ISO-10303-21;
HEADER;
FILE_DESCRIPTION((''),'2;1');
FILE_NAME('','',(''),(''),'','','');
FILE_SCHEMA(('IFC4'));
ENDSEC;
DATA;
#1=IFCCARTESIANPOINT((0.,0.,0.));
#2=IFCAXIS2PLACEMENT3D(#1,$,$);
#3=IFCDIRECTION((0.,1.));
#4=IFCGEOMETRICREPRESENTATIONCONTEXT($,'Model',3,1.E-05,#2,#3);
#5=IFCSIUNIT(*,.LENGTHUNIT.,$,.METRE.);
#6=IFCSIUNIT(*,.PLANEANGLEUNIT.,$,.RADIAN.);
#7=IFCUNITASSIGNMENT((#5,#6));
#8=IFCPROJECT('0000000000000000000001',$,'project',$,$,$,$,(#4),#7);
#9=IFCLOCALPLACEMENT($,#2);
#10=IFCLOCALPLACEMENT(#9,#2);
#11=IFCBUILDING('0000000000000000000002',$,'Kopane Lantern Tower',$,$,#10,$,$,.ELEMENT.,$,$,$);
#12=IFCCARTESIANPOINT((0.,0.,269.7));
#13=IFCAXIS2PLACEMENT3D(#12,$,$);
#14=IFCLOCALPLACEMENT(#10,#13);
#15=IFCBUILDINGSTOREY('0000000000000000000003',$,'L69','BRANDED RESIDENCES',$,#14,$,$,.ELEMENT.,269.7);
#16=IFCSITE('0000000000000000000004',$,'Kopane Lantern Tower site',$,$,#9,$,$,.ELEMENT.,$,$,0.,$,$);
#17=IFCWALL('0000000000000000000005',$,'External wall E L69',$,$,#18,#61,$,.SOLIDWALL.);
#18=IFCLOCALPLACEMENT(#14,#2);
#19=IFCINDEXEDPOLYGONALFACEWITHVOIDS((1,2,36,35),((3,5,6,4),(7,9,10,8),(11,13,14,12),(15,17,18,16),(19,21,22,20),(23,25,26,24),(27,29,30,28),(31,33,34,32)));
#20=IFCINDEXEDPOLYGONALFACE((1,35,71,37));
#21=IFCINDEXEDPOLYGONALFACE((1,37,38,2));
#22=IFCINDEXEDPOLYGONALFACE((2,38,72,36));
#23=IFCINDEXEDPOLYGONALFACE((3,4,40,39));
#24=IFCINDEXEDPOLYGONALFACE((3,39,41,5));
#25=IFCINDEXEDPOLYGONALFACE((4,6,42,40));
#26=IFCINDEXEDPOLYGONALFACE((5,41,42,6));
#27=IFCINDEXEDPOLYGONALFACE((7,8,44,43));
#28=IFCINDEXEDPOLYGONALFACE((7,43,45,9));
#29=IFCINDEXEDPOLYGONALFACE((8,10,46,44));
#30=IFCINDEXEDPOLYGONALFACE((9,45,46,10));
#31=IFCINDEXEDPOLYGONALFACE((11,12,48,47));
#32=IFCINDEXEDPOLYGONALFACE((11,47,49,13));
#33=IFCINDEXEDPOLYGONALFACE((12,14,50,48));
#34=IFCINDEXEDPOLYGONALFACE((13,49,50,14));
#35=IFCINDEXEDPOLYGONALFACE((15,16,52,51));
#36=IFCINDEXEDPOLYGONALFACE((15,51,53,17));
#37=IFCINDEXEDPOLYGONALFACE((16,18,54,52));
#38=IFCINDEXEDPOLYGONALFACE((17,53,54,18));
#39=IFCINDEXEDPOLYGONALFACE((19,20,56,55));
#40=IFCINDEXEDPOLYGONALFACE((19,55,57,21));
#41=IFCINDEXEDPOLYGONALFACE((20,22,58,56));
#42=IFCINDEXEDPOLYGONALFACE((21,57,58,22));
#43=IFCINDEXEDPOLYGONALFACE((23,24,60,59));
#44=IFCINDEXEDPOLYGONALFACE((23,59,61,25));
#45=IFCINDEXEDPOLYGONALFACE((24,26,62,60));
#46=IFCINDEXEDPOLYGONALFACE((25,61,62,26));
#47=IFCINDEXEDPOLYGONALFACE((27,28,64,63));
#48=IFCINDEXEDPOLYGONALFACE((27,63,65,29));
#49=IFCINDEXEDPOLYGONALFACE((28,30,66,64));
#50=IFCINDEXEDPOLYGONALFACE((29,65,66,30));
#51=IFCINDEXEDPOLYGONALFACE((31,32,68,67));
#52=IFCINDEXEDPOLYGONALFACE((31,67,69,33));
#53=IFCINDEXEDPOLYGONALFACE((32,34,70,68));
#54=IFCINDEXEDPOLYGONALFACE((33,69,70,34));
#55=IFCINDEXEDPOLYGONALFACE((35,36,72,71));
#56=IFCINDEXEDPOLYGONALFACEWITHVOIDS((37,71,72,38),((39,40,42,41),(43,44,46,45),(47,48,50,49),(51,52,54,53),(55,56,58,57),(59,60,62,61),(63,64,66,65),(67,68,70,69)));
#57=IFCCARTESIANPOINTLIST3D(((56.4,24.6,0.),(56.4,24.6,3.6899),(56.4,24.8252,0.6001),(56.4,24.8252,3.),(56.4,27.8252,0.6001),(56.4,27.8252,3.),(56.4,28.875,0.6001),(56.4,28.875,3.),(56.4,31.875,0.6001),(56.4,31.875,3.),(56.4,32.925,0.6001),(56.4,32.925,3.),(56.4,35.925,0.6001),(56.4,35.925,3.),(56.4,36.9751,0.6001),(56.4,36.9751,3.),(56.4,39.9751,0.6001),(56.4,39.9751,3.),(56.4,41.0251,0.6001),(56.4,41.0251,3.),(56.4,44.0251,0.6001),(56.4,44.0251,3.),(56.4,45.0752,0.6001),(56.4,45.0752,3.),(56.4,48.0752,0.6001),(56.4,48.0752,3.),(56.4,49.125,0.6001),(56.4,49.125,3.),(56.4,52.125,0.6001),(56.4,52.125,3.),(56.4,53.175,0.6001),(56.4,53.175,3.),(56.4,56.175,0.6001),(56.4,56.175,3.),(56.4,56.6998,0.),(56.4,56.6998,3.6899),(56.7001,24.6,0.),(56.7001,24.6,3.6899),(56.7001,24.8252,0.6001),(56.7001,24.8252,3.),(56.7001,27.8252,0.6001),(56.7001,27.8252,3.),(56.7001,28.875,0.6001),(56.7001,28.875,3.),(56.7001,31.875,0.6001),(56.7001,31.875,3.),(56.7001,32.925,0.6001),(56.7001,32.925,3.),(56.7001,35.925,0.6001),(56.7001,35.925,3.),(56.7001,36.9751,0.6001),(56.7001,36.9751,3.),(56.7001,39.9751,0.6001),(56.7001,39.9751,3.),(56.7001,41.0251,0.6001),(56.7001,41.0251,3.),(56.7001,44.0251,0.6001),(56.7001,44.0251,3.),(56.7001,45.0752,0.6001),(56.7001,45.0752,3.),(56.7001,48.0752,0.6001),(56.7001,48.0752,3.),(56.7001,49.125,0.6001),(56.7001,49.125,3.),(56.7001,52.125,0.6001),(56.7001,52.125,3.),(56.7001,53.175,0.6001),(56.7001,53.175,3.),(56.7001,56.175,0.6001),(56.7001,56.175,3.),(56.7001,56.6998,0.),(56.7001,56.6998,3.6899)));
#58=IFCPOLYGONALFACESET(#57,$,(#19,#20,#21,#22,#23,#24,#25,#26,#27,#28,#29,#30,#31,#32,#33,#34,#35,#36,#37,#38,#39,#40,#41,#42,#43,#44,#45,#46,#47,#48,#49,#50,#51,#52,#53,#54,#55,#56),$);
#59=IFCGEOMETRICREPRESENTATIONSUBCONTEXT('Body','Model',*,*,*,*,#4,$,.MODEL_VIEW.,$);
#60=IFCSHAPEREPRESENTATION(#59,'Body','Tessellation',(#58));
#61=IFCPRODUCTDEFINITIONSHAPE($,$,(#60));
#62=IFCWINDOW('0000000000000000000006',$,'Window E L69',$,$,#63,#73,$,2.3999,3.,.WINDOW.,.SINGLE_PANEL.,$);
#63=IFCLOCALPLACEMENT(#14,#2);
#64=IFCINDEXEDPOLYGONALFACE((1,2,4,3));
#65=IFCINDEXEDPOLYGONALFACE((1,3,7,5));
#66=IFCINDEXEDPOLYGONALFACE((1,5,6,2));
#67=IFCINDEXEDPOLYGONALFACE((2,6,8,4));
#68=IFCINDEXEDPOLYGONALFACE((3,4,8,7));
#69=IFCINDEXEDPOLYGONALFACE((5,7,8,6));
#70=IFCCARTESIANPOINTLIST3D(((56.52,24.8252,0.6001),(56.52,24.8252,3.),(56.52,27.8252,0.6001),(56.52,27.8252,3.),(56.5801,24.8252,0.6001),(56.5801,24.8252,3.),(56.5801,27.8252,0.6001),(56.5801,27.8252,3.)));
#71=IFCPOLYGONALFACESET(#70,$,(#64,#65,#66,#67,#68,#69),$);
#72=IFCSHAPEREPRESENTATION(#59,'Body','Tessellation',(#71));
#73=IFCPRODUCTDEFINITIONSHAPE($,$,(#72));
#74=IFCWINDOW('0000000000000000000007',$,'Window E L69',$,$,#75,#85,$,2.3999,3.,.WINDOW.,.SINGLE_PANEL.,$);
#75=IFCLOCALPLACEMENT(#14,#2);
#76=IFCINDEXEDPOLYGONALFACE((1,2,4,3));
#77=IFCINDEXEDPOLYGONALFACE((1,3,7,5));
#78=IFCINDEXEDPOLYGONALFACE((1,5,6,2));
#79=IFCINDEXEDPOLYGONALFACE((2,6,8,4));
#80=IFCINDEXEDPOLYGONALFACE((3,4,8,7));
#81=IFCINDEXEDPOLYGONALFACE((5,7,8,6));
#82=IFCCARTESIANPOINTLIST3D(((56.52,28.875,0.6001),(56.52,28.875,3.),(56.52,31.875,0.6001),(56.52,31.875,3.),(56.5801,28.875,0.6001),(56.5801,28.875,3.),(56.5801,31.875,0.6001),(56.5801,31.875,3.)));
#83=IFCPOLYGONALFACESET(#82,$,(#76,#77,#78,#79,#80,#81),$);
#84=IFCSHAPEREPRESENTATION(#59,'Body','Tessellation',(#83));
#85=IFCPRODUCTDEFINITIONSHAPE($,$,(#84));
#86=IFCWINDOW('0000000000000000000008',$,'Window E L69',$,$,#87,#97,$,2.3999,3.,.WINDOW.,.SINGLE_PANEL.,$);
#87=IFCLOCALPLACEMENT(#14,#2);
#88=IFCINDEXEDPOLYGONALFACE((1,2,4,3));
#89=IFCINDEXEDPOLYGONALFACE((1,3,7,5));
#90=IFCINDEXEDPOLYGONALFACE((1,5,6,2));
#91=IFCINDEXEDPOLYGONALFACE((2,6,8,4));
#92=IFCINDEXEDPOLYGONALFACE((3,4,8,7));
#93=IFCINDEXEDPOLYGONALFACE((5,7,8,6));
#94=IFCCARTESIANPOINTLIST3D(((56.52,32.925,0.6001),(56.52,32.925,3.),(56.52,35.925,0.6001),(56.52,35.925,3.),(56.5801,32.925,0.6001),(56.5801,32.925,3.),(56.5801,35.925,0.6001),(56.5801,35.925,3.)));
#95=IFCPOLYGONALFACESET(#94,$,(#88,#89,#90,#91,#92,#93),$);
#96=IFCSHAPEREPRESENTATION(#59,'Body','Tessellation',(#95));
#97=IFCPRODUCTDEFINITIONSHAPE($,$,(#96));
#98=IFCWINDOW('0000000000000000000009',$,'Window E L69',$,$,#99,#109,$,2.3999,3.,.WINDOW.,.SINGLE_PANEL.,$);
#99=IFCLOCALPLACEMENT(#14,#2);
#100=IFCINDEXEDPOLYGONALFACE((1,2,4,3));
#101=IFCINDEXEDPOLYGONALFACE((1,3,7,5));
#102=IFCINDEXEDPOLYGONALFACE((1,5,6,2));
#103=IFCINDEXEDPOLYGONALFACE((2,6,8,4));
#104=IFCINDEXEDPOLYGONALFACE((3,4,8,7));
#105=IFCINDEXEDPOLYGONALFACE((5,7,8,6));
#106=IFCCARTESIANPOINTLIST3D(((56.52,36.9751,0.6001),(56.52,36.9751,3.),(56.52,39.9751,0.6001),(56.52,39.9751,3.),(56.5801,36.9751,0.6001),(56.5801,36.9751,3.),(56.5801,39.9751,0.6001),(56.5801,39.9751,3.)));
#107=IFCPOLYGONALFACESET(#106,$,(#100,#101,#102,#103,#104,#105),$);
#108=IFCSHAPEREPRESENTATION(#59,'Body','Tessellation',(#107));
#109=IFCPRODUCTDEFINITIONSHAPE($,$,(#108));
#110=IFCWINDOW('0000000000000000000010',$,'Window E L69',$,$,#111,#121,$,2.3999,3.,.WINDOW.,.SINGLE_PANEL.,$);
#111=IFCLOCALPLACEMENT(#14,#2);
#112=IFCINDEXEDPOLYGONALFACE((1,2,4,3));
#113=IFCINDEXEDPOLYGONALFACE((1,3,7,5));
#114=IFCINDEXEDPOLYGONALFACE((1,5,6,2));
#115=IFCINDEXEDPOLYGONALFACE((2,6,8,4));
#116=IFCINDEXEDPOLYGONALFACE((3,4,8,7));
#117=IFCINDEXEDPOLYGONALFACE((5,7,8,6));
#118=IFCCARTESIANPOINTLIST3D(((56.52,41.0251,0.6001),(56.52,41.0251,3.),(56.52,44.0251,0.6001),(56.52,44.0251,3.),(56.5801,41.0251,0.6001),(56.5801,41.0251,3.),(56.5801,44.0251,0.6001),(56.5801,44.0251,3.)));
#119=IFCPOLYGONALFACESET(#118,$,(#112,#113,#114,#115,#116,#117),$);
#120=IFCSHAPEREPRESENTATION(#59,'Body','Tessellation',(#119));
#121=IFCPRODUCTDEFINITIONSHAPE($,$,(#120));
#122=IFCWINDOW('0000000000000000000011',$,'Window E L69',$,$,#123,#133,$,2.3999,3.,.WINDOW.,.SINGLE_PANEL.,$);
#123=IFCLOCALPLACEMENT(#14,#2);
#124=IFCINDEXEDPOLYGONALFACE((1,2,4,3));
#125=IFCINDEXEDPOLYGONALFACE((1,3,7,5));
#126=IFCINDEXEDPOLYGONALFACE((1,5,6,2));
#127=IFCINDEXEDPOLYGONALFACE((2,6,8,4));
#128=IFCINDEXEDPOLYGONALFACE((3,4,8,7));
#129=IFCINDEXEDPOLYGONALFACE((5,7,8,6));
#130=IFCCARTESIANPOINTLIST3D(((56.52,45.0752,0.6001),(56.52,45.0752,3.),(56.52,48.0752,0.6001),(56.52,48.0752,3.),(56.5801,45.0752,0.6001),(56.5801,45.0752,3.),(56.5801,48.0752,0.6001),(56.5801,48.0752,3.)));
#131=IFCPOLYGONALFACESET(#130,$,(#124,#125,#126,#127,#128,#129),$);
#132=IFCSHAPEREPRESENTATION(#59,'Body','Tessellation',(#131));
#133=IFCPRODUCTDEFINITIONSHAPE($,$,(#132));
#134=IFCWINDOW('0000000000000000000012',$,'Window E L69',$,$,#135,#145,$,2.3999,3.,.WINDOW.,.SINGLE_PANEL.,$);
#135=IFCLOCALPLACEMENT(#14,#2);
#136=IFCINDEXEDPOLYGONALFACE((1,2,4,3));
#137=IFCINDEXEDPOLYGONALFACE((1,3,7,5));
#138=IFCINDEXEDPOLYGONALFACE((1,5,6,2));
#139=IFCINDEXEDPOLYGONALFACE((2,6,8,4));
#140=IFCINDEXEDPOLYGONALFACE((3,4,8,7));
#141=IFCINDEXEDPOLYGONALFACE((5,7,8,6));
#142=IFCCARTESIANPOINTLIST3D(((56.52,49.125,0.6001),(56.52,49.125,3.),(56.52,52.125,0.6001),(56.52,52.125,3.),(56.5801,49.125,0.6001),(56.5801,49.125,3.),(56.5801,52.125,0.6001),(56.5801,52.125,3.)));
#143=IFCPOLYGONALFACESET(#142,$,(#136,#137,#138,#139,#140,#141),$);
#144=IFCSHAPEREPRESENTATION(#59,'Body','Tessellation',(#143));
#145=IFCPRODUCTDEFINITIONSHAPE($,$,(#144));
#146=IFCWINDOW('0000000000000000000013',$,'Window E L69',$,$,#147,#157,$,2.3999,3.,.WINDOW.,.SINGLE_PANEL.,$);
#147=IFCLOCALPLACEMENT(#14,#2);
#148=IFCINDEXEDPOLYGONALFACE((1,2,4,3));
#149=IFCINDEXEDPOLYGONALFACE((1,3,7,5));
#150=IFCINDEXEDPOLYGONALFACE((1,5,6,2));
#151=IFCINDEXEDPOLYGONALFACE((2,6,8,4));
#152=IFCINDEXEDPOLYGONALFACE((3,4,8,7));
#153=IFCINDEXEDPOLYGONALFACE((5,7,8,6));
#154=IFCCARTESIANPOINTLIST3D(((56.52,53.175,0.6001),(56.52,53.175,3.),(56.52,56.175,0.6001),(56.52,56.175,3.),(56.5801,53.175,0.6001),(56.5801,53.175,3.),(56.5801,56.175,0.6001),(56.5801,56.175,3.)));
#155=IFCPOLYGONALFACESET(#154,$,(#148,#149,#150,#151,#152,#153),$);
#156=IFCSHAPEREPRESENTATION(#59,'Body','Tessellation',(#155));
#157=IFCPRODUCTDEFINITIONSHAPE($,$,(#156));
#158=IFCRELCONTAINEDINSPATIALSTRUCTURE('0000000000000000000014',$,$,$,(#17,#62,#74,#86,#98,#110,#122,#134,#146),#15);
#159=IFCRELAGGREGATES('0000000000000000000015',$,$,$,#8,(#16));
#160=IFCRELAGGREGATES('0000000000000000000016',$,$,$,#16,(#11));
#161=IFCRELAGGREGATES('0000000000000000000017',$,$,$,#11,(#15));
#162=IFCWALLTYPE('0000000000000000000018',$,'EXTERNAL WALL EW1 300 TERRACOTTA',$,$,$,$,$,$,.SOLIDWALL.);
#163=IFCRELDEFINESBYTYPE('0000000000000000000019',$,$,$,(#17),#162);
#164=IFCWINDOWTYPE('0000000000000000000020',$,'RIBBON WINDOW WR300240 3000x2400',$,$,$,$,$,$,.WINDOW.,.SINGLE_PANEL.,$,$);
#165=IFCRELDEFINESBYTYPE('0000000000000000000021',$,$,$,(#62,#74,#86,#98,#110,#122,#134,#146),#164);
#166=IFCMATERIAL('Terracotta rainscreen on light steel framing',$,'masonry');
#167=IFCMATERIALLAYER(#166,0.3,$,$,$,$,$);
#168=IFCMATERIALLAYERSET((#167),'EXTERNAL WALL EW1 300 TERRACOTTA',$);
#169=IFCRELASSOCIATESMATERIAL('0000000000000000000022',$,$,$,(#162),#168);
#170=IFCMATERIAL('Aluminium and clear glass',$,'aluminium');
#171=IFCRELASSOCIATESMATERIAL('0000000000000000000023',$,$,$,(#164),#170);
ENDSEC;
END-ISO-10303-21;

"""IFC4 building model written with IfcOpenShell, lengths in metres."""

from ifc_helpers import new_model, si_unit, direction, frame, frame_2d, origin, place, context, subcontext, project, spatial, rectangle, extrude, material, layer, layer_set, type_object, element, fill, save


model = new_model("IFC4")

# Units and contexts
model_context = context("Model", 3, precision=1e-05, world=origin(), true_north=direction((0.0, 1.0)))
body_context = subcontext(model_context, "Body", "Model", "MODEL_VIEW")
ifc_project = project(units=[si_unit("LENGTHUNIT", "METRE"), si_unit("PLANEANGLEUNIT", "RADIAN")], contexts=[model_context])

# Site, building, storey
site_placement = place(None, origin())
site = spatial("IfcSite", under=ifc_project, at=site_placement, Name="Kopane Lantern Tower site", CompositionType="ELEMENT", RefElevation=0.0)
building_placement = place(site_placement, origin())
building = spatial("IfcBuilding", under=site, at=building_placement, Name="Kopane Lantern Tower", CompositionType="ELEMENT")
storey_placement = place(building_placement, frame((0.0, 0.0, 269.7)))
storey = spatial("IfcBuildingStorey", under=building, at=storey_placement, Name="L69", Description="BRANDED RESIDENCES", CompositionType="ELEMENT", Elevation=269.7)

# Shared definitions
ifc_material_1 = material(Name="Terracotta rainscreen on light steel framing", Category="masonry")
ifc_layer_1 = layer(ifc_material_1, 0.3)
ifc_layer_set_1 = layer_set([ifc_layer_1], Name="EXTERNAL WALL EW1 300 TERRACOTTA")
wall_type_1 = type_object("IfcWallType", Name="EXTERNAL WALL EW1 300 TERRACOTTA", PredefinedType="SOLIDWALL", material=ifc_layer_set_1)

# Wall, openings, windows
wall_1_placement = place(storey_placement, frame((56.55, 24.6001, 0.0), z_axis=(0.0, 0.0, 1.0), x_axis=(0.0, 1.0, 0.0)))
wall_1 = element("IfcWall", 1, at=wall_1_placement, inside=storey, type_object=wall_type_1, Name="External wall E L69", PredefinedType="SOLIDWALL", context=body_context, shape_type="SweptSolid", body=[
    extrude(rectangle(XDim=32.0999, YDim=0.3, at=frame_2d((16.0498, 0.0))), origin(), (0.0, 0.0, 1.0), 3.6899),
])
opening_1_placement = place(wall_1_placement, frame((0.2251, 0.0, 0.6001)))
opening_1 = element("IfcOpeningElement", 2, at=opening_1_placement, cuts=wall_1, PredefinedType="OPENING", context=body_context, shape_type="SweptSolid", body=[
    extrude(rectangle(XDim=3.0, YDim=2.3999, at=frame_2d((1.5, 1.2))), frame((0.0, 0.1599, 0.0), z_axis=(0.0, -1.0, 0.0), x_axis=(1.0, 0.0, 0.0)), (0.0, 0.0, 1.0), 0.3201),
])
opening_2_placement = place(wall_1_placement, frame((4.2749, 0.0, 0.6001)))
opening_2 = element("IfcOpeningElement", 3, at=opening_2_placement, cuts=wall_1, PredefinedType="OPENING", context=body_context, shape_type="SweptSolid", body=[
    extrude(rectangle(XDim=3.0, YDim=2.3999, at=frame_2d((1.5, 1.2))), frame((0.0, 0.1599, 0.0), z_axis=(0.0, -1.0, 0.0), x_axis=(1.0, 0.0, 0.0)), (0.0, 0.0, 1.0), 0.3201),
])
opening_3_placement = place(wall_1_placement, frame((8.325, 0.0, 0.6001)))
opening_3 = element("IfcOpeningElement", 4, at=opening_3_placement, cuts=wall_1, PredefinedType="OPENING", context=body_context, shape_type="SweptSolid", body=[
    extrude(rectangle(XDim=3.0, YDim=2.3999, at=frame_2d((1.5, 1.2))), frame((0.0, 0.1599, 0.0), z_axis=(0.0, -1.0, 0.0), x_axis=(1.0, 0.0, 0.0)), (0.0, 0.0, 1.0), 0.3201),
])
opening_4_placement = place(wall_1_placement, frame((12.375, 0.0, 0.6001)))
opening_4 = element("IfcOpeningElement", 5, at=opening_4_placement, cuts=wall_1, PredefinedType="OPENING", context=body_context, shape_type="SweptSolid", body=[
    extrude(rectangle(XDim=3.0, YDim=2.3999, at=frame_2d((1.5, 1.2))), frame((0.0, 0.1599, 0.0), z_axis=(0.0, -1.0, 0.0), x_axis=(1.0, 0.0, 0.0)), (0.0, 0.0, 1.0), 0.3201),
])
opening_5_placement = place(wall_1_placement, frame((16.425, 0.0, 0.6001)))
opening_5 = element("IfcOpeningElement", 6, at=opening_5_placement, cuts=wall_1, PredefinedType="OPENING", context=body_context, shape_type="SweptSolid", body=[
    extrude(rectangle(XDim=3.0, YDim=2.3999, at=frame_2d((1.5, 1.2))), frame((0.0, 0.1599, 0.0), z_axis=(0.0, -1.0, 0.0), x_axis=(1.0, 0.0, 0.0)), (0.0, 0.0, 1.0), 0.3201),
])
opening_6_placement = place(wall_1_placement, frame((20.4751, 0.0, 0.6001)))
opening_6 = element("IfcOpeningElement", 7, at=opening_6_placement, cuts=wall_1, PredefinedType="OPENING", context=body_context, shape_type="SweptSolid", body=[
    extrude(rectangle(XDim=3.0, YDim=2.3999, at=frame_2d((1.5, 1.2))), frame((0.0, 0.1599, 0.0), z_axis=(0.0, -1.0, 0.0), x_axis=(1.0, 0.0, 0.0)), (0.0, 0.0, 1.0), 0.3201),
])
opening_7_placement = place(wall_1_placement, frame((24.5249, 0.0, 0.6001)))
opening_7 = element("IfcOpeningElement", 8, at=opening_7_placement, cuts=wall_1, PredefinedType="OPENING", context=body_context, shape_type="SweptSolid", body=[
    extrude(rectangle(XDim=3.0, YDim=2.3999, at=frame_2d((1.5, 1.2))), frame((0.0, 0.1599, 0.0), z_axis=(0.0, -1.0, 0.0), x_axis=(1.0, 0.0, 0.0)), (0.0, 0.0, 1.0), 0.3201),
])
opening_8_placement = place(wall_1_placement, frame((28.575, 0.0, 0.6001)))
opening_8 = element("IfcOpeningElement", 9, at=opening_8_placement, cuts=wall_1, PredefinedType="OPENING", context=body_context, shape_type="SweptSolid", body=[
    extrude(rectangle(XDim=3.0, YDim=2.3999, at=frame_2d((1.5, 1.2))), frame((0.0, 0.1599, 0.0), z_axis=(0.0, -1.0, 0.0), x_axis=(1.0, 0.0, 0.0)), (0.0, 0.0, 1.0), 0.3201),
])
ifc_material_2 = material(Name="Aluminium and clear glass", Category="aluminium")
window_type_1 = type_object("IfcWindowType", Name="RIBBON WINDOW WR300240 3000x2400", PartitioningType="SINGLE_PANEL", PredefinedType="WINDOW", material=ifc_material_2)
window_1_placement = place(opening_1_placement, origin())
window_1 = element("IfcWindow", 10, at=window_1_placement, inside=storey, type_object=window_type_1, Name="Window E L69", OverallHeight=2.3999, OverallWidth=3.0, PartitioningType="SINGLE_PANEL", PredefinedType="WINDOW", context=body_context, shape_type="SweptSolid", body=[
    extrude(rectangle(XDim=3.0, YDim=2.3999, at=frame_2d((1.5, 1.2))), frame((0.0, 0.03, 0.0), z_axis=(0.0, -1.0, 0.0), x_axis=(1.0, 0.0, 0.0)), (0.0, 0.0, 1.0), 0.0601),
])
fill(opening_1, window_1)
window_2_placement = place(opening_2_placement, origin())
window_2 = element("IfcWindow", 11, at=window_2_placement, inside=storey, type_object=window_type_1, Name="Window E L69", OverallHeight=2.3999, OverallWidth=3.0, PartitioningType="SINGLE_PANEL", PredefinedType="WINDOW", context=body_context, shape_type="SweptSolid", body=[
    extrude(rectangle(XDim=3.0, YDim=2.3999, at=frame_2d((1.5, 1.2))), frame((0.0, 0.03, 0.0), z_axis=(0.0, -1.0, 0.0), x_axis=(1.0, 0.0, 0.0)), (0.0, 0.0, 1.0), 0.0601),
])
fill(opening_2, window_2)
window_3_placement = place(opening_3_placement, origin())
window_3 = element("IfcWindow", 12, at=window_3_placement, inside=storey, type_object=window_type_1, Name="Window E L69", OverallHeight=2.3999, OverallWidth=3.0, PartitioningType="SINGLE_PANEL", PredefinedType="WINDOW", context=body_context, shape_type="SweptSolid", body=[
    extrude(rectangle(XDim=3.0, YDim=2.3999, at=frame_2d((1.5, 1.2))), frame((0.0, 0.03, 0.0), z_axis=(0.0, -1.0, 0.0), x_axis=(1.0, 0.0, 0.0)), (0.0, 0.0, 1.0), 0.0601),
])
fill(opening_3, window_3)
window_4_placement = place(opening_4_placement, origin())
window_4 = element("IfcWindow", 13, at=window_4_placement, inside=storey, type_object=window_type_1, Name="Window E L69", OverallHeight=2.3999, OverallWidth=3.0, PartitioningType="SINGLE_PANEL", PredefinedType="WINDOW", context=body_context, shape_type="SweptSolid", body=[
    extrude(rectangle(XDim=3.0, YDim=2.3999, at=frame_2d((1.5, 1.2))), frame((0.0, 0.03, 0.0), z_axis=(0.0, -1.0, 0.0), x_axis=(1.0, 0.0, 0.0)), (0.0, 0.0, 1.0), 0.0601),
])
fill(opening_4, window_4)
window_5_placement = place(opening_5_placement, origin())
window_5 = element("IfcWindow", 14, at=window_5_placement, inside=storey, type_object=window_type_1, Name="Window E L69", OverallHeight=2.3999, OverallWidth=3.0, PartitioningType="SINGLE_PANEL", PredefinedType="WINDOW", context=body_context, shape_type="SweptSolid", body=[
    extrude(rectangle(XDim=3.0, YDim=2.3999, at=frame_2d((1.5, 1.2))), frame((0.0, 0.03, 0.0), z_axis=(0.0, -1.0, 0.0), x_axis=(1.0, 0.0, 0.0)), (0.0, 0.0, 1.0), 0.0601),
])
fill(opening_5, window_5)
window_6_placement = place(opening_6_placement, origin())
window_6 = element("IfcWindow", 15, at=window_6_placement, inside=storey, type_object=window_type_1, Name="Window E L69", OverallHeight=2.3999, OverallWidth=3.0, PartitioningType="SINGLE_PANEL", PredefinedType="WINDOW", context=body_context, shape_type="SweptSolid", body=[
    extrude(rectangle(XDim=3.0, YDim=2.3999, at=frame_2d((1.5, 1.2))), frame((0.0, 0.03, 0.0), z_axis=(0.0, -1.0, 0.0), x_axis=(1.0, 0.0, 0.0)), (0.0, 0.0, 1.0), 0.0601),
])
fill(opening_6, window_6)
window_7_placement = place(opening_7_placement, origin())
window_7 = element("IfcWindow", 16, at=window_7_placement, inside=storey, type_object=window_type_1, Name="Window E L69", OverallHeight=2.3999, OverallWidth=3.0, PartitioningType="SINGLE_PANEL", PredefinedType="WINDOW", context=body_context, shape_type="SweptSolid", body=[
    extrude(rectangle(XDim=3.0, YDim=2.3999, at=frame_2d((1.5, 1.2))), frame((0.0, 0.03, 0.0), z_axis=(0.0, -1.0, 0.0), x_axis=(1.0, 0.0, 0.0)), (0.0, 0.0, 1.0), 0.0601),
])
fill(opening_7, window_7)
window_8_placement = place(opening_8_placement, origin())
window_8 = element("IfcWindow", 17, at=window_8_placement, inside=storey, type_object=window_type_1, Name="Window E L69", OverallHeight=2.3999, OverallWidth=3.0, PartitioningType="SINGLE_PANEL", PredefinedType="WINDOW", context=body_context, shape_type="SweptSolid", body=[
    extrude(rectangle(XDim=3.0, YDim=2.3999, at=frame_2d((1.5, 1.2))), frame((0.0, 0.03, 0.0), z_axis=(0.0, -1.0, 0.0), x_axis=(1.0, 0.0, 0.0)), (0.0, 0.0, 1.0), 0.0601),
])
fill(opening_8, window_8)

save(model, "model.ifc")
